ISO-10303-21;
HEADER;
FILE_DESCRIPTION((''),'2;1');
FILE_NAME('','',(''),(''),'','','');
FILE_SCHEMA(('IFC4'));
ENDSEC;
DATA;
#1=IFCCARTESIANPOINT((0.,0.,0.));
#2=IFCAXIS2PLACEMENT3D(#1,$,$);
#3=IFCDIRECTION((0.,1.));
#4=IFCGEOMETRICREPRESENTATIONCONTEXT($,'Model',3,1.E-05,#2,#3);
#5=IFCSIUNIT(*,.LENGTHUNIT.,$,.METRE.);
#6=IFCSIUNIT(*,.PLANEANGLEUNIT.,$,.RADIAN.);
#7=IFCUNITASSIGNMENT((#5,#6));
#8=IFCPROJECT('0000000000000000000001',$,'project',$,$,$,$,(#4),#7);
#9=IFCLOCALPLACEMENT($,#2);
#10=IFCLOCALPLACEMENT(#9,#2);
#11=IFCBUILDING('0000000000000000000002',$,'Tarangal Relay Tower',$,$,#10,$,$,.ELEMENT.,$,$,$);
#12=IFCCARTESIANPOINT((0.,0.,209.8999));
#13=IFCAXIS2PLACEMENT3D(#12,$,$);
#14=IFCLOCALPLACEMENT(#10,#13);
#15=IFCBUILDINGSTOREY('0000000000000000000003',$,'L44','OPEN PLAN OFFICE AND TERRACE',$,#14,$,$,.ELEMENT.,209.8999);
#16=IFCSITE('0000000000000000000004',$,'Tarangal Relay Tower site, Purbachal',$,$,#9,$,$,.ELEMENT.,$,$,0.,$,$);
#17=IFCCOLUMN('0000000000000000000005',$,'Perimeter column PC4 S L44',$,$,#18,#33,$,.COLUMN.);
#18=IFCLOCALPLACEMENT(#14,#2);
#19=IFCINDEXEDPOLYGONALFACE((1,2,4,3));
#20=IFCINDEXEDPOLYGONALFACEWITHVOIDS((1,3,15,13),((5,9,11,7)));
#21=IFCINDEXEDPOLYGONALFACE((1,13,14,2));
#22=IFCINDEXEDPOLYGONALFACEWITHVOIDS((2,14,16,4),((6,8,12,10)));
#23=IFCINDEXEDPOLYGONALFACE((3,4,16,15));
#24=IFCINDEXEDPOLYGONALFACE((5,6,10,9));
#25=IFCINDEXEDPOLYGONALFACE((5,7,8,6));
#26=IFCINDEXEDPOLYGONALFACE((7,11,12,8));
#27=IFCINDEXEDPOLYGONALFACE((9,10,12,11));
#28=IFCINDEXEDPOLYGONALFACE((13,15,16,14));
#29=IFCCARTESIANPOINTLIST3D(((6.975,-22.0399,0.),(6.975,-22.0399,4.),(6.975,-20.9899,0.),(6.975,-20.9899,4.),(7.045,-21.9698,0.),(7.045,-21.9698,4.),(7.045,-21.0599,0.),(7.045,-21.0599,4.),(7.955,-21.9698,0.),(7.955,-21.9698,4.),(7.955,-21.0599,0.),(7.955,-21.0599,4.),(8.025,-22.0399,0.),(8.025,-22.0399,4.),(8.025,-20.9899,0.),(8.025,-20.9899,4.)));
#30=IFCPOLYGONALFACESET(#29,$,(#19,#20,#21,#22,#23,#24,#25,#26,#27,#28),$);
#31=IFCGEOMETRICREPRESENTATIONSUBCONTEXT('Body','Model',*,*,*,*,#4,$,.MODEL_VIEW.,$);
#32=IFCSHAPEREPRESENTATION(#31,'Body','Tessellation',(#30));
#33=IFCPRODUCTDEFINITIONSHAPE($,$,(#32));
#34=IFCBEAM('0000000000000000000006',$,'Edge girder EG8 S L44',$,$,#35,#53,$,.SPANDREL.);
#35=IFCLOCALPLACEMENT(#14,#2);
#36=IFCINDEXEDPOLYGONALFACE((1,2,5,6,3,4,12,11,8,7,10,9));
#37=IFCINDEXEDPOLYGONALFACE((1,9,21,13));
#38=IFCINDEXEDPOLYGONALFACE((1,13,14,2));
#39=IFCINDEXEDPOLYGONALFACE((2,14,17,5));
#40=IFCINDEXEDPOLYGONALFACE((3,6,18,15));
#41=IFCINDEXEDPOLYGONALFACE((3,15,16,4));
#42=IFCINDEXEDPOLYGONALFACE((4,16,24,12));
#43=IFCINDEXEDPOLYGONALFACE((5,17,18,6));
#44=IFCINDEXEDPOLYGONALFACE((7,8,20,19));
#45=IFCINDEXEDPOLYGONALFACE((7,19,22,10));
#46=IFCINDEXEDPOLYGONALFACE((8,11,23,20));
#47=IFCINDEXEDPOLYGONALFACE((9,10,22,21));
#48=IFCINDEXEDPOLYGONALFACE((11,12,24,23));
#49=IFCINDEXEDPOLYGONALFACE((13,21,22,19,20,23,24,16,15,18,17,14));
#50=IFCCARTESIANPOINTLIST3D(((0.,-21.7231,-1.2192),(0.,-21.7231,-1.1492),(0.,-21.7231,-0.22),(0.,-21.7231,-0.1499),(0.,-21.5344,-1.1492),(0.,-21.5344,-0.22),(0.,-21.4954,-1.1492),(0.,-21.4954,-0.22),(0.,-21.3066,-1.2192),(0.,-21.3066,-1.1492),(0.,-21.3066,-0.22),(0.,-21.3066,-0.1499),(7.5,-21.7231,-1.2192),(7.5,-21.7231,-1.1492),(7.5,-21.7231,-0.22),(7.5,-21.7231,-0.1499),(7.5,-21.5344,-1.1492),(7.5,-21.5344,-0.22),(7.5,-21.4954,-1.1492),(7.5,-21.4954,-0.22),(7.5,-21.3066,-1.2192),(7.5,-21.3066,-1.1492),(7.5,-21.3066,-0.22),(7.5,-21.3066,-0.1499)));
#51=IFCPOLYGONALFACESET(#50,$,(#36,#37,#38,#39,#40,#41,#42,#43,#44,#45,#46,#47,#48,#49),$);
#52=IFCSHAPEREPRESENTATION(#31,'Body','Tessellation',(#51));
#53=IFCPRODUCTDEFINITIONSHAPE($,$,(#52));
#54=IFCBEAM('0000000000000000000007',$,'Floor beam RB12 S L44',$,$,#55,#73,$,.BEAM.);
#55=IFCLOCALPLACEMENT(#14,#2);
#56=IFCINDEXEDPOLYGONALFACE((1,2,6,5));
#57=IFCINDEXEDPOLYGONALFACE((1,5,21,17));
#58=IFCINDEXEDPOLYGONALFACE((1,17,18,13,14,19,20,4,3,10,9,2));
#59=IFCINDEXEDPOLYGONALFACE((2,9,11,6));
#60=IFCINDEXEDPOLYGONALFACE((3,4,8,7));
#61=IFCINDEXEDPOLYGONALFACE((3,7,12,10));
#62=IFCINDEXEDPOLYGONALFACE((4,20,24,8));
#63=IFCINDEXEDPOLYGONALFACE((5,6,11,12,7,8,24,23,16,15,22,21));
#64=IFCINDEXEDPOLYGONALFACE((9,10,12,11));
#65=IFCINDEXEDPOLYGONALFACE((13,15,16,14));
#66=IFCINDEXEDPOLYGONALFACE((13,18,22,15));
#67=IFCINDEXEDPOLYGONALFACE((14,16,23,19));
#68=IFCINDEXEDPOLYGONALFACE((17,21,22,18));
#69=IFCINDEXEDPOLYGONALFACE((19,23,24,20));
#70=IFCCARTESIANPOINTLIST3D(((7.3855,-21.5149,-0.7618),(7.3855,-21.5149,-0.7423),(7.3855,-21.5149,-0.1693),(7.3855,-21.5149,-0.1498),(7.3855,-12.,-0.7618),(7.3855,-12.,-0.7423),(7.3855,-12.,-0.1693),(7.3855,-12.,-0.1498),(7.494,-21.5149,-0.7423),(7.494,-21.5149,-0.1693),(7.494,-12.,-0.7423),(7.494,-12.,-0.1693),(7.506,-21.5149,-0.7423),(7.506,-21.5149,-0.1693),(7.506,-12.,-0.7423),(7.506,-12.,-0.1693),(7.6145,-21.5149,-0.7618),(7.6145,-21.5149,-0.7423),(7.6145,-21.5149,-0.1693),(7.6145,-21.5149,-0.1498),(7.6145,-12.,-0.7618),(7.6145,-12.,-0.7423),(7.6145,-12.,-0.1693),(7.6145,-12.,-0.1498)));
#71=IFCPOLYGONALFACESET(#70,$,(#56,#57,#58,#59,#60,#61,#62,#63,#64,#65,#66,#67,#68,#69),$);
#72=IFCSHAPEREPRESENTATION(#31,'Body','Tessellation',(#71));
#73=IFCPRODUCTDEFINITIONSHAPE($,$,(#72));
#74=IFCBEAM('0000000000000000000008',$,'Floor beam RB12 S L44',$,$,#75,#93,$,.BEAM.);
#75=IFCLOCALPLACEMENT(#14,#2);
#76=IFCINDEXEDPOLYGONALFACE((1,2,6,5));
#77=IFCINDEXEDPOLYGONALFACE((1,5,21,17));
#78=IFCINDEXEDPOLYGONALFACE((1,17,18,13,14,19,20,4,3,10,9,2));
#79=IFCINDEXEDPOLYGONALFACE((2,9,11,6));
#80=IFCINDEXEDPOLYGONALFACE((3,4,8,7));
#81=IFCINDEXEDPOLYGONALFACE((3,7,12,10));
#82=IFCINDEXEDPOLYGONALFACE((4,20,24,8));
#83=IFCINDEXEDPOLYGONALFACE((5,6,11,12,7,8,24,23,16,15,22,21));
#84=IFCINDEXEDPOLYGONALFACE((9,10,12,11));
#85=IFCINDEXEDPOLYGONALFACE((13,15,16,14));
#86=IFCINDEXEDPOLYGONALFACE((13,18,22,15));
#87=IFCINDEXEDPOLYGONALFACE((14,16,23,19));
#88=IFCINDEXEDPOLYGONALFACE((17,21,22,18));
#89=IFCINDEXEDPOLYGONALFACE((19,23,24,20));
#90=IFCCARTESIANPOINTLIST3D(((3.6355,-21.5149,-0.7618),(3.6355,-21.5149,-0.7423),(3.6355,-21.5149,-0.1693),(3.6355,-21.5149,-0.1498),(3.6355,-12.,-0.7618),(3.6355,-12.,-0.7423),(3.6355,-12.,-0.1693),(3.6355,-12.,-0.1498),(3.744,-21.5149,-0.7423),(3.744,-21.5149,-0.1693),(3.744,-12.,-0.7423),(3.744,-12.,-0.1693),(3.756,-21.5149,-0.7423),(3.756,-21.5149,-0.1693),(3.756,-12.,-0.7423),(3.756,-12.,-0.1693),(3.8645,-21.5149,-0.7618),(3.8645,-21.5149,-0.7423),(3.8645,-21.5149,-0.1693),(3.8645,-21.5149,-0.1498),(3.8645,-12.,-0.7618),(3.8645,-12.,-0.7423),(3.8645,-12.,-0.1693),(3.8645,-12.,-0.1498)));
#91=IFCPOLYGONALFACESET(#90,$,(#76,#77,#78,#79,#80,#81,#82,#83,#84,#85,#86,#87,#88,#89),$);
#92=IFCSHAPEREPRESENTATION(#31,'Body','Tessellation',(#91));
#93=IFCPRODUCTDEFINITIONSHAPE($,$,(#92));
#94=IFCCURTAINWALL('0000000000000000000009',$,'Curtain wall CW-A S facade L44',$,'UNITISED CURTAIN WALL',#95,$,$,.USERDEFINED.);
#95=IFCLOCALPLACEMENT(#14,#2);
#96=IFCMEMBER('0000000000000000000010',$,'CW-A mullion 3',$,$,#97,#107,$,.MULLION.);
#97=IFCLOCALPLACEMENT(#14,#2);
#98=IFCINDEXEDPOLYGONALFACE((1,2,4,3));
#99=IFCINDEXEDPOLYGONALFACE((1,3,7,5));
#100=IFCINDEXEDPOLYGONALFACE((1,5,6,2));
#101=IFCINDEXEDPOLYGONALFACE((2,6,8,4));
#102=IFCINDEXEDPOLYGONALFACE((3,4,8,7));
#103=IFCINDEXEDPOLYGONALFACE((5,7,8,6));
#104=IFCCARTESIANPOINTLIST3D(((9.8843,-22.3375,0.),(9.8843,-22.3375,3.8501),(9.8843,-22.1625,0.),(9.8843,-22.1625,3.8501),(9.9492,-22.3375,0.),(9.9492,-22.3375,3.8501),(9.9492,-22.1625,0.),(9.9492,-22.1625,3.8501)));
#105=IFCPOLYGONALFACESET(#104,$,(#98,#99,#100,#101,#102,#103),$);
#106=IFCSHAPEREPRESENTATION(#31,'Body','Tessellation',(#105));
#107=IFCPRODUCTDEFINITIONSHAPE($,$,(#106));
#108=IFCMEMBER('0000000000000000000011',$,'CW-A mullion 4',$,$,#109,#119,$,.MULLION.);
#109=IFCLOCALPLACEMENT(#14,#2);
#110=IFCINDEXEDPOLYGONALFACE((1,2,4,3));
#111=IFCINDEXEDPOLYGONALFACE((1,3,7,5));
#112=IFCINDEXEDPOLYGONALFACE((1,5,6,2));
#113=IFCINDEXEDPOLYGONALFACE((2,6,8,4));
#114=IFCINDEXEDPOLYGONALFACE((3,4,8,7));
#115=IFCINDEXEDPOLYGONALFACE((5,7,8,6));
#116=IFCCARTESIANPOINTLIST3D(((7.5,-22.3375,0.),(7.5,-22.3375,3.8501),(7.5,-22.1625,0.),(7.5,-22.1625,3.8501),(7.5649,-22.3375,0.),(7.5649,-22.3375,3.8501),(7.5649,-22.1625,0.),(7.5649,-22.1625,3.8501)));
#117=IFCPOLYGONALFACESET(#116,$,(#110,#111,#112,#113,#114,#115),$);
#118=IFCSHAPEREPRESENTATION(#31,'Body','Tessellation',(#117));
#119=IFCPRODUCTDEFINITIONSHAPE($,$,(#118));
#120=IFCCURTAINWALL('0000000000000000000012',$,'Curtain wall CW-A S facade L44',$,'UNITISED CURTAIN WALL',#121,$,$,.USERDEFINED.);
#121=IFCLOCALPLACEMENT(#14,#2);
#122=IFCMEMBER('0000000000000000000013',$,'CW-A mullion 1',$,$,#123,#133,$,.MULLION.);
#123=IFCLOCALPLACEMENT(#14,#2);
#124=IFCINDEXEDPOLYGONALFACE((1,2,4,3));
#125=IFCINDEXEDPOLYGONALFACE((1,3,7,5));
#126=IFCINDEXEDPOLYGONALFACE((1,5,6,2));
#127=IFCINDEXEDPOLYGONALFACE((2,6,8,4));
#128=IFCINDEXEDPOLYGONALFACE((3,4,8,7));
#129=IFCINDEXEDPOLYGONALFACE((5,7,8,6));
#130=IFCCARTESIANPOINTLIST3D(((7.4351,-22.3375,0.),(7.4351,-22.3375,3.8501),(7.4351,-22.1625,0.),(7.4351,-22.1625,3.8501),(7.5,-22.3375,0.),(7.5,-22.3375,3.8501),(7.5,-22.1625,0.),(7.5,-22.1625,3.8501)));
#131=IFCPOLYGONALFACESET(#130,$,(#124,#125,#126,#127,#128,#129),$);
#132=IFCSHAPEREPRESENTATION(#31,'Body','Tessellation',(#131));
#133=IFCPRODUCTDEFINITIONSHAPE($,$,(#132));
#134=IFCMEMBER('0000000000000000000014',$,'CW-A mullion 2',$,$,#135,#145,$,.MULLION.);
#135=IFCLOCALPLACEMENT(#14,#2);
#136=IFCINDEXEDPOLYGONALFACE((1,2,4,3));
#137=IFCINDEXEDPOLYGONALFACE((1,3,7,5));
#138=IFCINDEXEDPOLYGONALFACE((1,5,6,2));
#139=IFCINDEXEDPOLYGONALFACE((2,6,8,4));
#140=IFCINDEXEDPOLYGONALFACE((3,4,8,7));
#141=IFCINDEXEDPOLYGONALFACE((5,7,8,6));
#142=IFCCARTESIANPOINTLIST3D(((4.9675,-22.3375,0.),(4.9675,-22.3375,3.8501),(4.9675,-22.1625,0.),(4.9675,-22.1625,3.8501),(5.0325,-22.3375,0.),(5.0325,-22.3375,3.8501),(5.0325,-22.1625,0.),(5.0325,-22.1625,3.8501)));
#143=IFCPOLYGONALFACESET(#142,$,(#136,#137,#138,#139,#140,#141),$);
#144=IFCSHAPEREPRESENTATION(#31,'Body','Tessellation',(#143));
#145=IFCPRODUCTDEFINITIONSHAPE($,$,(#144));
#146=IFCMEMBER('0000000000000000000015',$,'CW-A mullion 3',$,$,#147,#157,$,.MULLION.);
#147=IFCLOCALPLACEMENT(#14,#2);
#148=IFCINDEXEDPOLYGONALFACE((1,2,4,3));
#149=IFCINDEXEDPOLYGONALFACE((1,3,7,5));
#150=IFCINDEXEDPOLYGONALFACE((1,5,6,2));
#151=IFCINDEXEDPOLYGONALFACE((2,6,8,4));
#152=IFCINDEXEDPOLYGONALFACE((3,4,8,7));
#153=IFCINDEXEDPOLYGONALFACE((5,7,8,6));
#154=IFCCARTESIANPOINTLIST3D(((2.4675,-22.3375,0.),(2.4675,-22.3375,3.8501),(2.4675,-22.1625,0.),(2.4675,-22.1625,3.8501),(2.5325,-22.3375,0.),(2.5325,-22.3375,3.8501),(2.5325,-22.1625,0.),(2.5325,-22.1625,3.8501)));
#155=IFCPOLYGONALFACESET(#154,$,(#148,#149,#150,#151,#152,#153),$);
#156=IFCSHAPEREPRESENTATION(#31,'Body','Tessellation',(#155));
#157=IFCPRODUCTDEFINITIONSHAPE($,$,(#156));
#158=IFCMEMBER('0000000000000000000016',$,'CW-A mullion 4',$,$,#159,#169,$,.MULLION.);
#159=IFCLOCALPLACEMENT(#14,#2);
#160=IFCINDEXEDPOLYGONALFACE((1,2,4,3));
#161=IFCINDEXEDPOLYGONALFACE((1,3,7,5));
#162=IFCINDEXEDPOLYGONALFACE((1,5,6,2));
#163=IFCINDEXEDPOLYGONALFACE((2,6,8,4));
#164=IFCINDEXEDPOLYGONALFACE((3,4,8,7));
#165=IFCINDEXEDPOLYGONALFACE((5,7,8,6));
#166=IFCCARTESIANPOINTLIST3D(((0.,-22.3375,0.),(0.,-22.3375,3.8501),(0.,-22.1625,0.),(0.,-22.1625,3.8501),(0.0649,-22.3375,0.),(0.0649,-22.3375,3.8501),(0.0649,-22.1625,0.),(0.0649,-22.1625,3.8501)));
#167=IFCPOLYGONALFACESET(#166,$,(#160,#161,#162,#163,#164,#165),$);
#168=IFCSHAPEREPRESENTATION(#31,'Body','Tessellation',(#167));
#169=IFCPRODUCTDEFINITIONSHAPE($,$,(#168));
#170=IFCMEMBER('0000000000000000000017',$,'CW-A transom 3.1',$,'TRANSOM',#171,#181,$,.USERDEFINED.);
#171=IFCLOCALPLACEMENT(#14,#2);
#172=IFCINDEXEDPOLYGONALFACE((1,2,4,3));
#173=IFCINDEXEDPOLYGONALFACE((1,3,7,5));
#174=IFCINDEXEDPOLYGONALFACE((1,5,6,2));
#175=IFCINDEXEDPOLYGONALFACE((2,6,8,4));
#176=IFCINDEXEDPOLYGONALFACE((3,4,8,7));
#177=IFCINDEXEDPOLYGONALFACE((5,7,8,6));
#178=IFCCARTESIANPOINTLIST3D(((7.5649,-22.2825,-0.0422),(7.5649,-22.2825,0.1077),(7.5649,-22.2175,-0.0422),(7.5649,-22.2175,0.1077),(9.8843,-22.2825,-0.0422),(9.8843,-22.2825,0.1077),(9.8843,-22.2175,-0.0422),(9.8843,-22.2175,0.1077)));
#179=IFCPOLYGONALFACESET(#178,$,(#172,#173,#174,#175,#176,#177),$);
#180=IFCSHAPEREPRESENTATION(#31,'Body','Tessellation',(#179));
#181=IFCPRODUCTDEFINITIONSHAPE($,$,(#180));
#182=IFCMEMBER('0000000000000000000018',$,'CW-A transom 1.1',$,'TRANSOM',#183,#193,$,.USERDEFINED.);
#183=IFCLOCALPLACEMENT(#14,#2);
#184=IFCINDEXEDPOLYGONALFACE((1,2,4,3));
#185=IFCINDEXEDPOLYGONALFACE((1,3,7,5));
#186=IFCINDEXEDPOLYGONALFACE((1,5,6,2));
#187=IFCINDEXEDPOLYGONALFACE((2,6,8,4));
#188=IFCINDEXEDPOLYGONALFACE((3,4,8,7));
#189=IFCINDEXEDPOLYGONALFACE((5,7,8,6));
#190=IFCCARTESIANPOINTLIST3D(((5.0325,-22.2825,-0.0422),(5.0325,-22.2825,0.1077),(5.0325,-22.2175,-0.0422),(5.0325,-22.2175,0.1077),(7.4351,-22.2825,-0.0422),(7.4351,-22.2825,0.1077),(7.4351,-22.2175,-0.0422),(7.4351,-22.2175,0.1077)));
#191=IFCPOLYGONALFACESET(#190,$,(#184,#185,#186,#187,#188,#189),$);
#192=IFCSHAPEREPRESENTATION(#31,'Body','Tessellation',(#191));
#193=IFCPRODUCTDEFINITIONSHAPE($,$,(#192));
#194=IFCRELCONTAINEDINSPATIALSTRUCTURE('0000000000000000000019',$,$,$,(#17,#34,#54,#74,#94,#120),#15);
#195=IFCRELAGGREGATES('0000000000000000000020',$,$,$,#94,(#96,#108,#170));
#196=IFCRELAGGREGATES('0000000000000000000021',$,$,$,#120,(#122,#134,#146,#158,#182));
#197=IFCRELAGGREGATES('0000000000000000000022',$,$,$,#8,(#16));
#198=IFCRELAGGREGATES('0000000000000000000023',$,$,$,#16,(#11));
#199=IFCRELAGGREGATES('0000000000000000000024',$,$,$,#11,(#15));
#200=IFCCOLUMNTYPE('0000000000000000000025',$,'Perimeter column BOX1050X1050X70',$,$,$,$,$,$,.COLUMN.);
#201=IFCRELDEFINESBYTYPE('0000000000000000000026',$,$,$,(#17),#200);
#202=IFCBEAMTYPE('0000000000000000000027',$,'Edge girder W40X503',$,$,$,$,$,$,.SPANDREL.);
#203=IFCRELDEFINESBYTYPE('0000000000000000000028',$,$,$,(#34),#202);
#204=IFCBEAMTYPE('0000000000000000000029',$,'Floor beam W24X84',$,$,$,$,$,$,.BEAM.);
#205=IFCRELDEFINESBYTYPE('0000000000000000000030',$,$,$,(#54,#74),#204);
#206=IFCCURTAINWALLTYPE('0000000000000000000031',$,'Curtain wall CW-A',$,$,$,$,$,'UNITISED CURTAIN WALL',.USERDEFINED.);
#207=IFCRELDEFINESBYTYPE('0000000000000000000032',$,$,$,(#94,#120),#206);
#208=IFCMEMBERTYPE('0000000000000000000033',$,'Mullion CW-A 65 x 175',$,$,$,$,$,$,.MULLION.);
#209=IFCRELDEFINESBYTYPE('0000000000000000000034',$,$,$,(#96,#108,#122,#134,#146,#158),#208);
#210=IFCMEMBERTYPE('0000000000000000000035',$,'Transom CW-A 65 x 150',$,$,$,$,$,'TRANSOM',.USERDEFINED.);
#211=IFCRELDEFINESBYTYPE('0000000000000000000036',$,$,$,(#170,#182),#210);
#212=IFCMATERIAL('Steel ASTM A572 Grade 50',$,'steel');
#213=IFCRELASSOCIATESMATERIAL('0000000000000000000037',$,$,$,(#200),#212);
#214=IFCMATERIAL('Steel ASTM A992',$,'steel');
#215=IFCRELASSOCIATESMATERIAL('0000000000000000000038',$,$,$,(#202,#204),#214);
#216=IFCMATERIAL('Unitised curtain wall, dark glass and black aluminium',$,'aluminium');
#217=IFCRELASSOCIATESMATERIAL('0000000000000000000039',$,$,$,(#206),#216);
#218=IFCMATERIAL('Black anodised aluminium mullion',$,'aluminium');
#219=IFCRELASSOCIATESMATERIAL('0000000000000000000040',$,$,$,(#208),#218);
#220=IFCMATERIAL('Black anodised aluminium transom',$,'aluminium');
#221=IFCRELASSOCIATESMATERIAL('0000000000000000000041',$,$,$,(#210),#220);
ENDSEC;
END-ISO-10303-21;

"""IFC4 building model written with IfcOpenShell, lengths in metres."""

from ifc_helpers import new_model, si_unit, direction, frame, origin, origin_2d, place, context, subcontext, project, spatial, rectangle, hollow_rectangle, i_section, extrude, material, material_profile, profile_set, type_object, element, aggregate, save


model = new_model("IFC4")

# Units and contexts
model_context = context("Model", 3, precision=1e-05, world=origin(), true_north=direction((0.0, 1.0)))
body_context = subcontext(model_context, "Body", "Model", "MODEL_VIEW")
ifc_project = project(units=[si_unit("LENGTHUNIT", "METRE"), si_unit("PLANEANGLEUNIT", "RADIAN")], contexts=[model_context])

# Site, building, storey
site_placement = place(None, origin())
site = spatial("IfcSite", under=ifc_project, at=site_placement, Name="Tarangal Relay Tower site, Purbachal", CompositionType="ELEMENT", RefElevation=0.0)
building_placement = place(site_placement, origin())
building = spatial("IfcBuilding", under=site, at=building_placement, Name="Tarangal Relay Tower", CompositionType="ELEMENT")
storey_placement = place(building_placement, frame((0.0, 0.0, 209.8999)))
storey = spatial("IfcBuildingStorey", under=building, at=storey_placement, Name="L44", Description="OPEN PLAN OFFICE AND TERRACE", CompositionType="ELEMENT", Elevation=209.8999)

# Column
ifc_material_1 = material(Name="Steel ASTM A572 Grade 50", Category="steel")
ifc_material_profile_1 = material_profile(ifc_material_1, hollow_rectangle(XDim=1.05, YDim=1.05, WallThickness=0.0701, at=origin_2d()), Name="BOX1050X1050X70")
ifc_profile_set_1 = profile_set([ifc_material_profile_1], Name="Steel ASTM A572 Grade 50")
column_type = type_object("IfcColumnType", Name="Perimeter column BOX1050X1050X70", PredefinedType="COLUMN", material=ifc_profile_set_1)
column_placement = place(storey_placement, frame((7.5, -21.5149, 0.0), z_axis=(0.0, 0.0, 1.0), x_axis=(1.0, 0.0, 0.0)))
element("IfcColumn", 1, at=column_placement, inside=storey, type_object=column_type, Name="Perimeter column PC4 S L44", PredefinedType="COLUMN", context=body_context, shape_type="SweptSolid", body=[
    extrude(hollow_rectangle(XDim=1.05, YDim=1.05, WallThickness=0.0701, at=origin_2d()), origin(), (0.0, 0.0, 1.0), 4.0),
])

# Beams
ifc_material_2 = material(Name="Steel ASTM A992", Category="steel")
ifc_material_profile_2 = material_profile(ifc_material_2, i_section(OverallWidth=0.4165, OverallDepth=1.0693, WebThickness=0.0391, FlangeThickness=0.0701, at=origin_2d()), Name="W40X503")
ifc_profile_set_2 = profile_set([ifc_material_profile_2], Name="Steel ASTM A992")
beam_type_1 = type_object("IfcBeamType", Name="Edge girder W40X503", PredefinedType="SPANDREL", material=ifc_profile_set_2)
beam_placement = place(storey_placement, frame((7.5, -21.5149, -0.6846), z_axis=(-1.0, 0.0, 0.0), x_axis=(0.0, -1.0, 0.0)))
element("IfcBeam", 2, at=beam_placement, inside=storey, type_object=beam_type_1, Name="Edge girder EG8 S L44", PredefinedType="SPANDREL", context=body_context, shape_type="SweptSolid", body=[
    extrude(i_section(OverallWidth=0.4165, OverallDepth=1.0693, WebThickness=0.0391, FlangeThickness=0.0701, at=origin_2d()), origin(), (0.0, 0.0, 1.0), 7.5),
])
ifc_material_profile_3 = material_profile(ifc_material_2, i_section(OverallWidth=0.229, OverallDepth=0.6121, WebThickness=0.012, FlangeThickness=0.0195, at=origin_2d()), Name="W24X84")
ifc_profile_set_3 = profile_set([ifc_material_profile_3], Name="Steel ASTM A992")
beam_type_2 = type_object("IfcBeamType", Name="Floor beam W24X84", PredefinedType="BEAM", material=ifc_profile_set_3)
for number, where, z_axis, x_axis, name in (
    (3, (7.5, -12.0, -0.4558), (0.0, -1.0, 0.0), (1.0, 0.0, 0.0), "Floor beam RB12 S L44"),
    (4, (3.75, -12.0, -0.4558), (0.0, -1.0, 0.0), (1.0, 0.0, 0.0), "Floor beam RB12 S L44"),
):
    element("IfcBeam", number, at=place(storey_placement, frame(where, z_axis=z_axis, x_axis=x_axis)), inside=storey, type_object=beam_type_2, Name=name, PredefinedType="BEAM", context=body_context, shape_type="SweptSolid", body=[
        extrude(i_section(OverallWidth=0.229, OverallDepth=0.6121, WebThickness=0.012, FlangeThickness=0.0195, at=origin_2d()), origin(), (0.0, 0.0, 1.0), 9.5149),
    ])

# Curtain walls, members
ifc_material_3 = material(Name="Unitised curtain wall, dark glass and black aluminium", Category="aluminium")
curtain_wall_type = type_object("IfcCurtainWallType", Name="Curtain wall CW-A", ElementType="UNITISED CURTAIN WALL", PredefinedType="USERDEFINED", material=ifc_material_3)
curtain_wall_1_placement = place(storey_placement, origin())
curtain_wall_1 = element("IfcCurtainWall", 5, at=curtain_wall_1_placement, inside=storey, type_object=curtain_wall_type, Name="Curtain wall CW-A S facade L44", ObjectType="UNITISED CURTAIN WALL", PredefinedType="USERDEFINED")
ifc_material_4 = material(Name="Black anodised aluminium mullion", Category="aluminium")
ifc_material_profile_4 = material_profile(ifc_material_4, rectangle(XDim=0.175, YDim=0.0649, at=origin_2d()), Name="CW-AM 65X175")
ifc_profile_set_4 = profile_set([ifc_material_profile_4], Name="Black anodised aluminium mullion")
member_type_1 = type_object("IfcMemberType", Name="Mullion CW-A 65 x 175", PredefinedType="MULLION", material=ifc_profile_set_4)
member_1_placement = place(storey_placement, frame((9.9167, -22.25, 0.0), z_axis=(0.0, 0.0, 1.0), x_axis=(0.0, -1.0, 0.0)))
member_1 = element("IfcMember", 6, at=member_1_placement, type_object=member_type_1, Name="CW-A mullion 3", PredefinedType="MULLION", context=body_context, shape_type="SweptSolid", body=[
    extrude(rectangle(XDim=0.175, YDim=0.0649, at=origin_2d()), origin(), (0.0, 0.0, 1.0), 3.8501),
])
member_2_placement = place(storey_placement, frame((7.5325, -22.25, 0.0), z_axis=(0.0, 0.0, 1.0), x_axis=(0.0, -1.0, 0.0)))
member_2 = element("IfcMember", 7, at=member_2_placement, type_object=member_type_1, Name="CW-A mullion 4", PredefinedType="MULLION", context=body_context, shape_type="SweptSolid", body=[
    extrude(rectangle(XDim=0.175, YDim=0.0649, at=origin_2d()), origin(), (0.0, 0.0, 1.0), 3.8501),
])
curtain_wall_2_placement = place(storey_placement, origin())
curtain_wall_2 = element("IfcCurtainWall", 8, at=curtain_wall_2_placement, inside=storey, type_object=curtain_wall_type, Name="Curtain wall CW-A S facade L44", ObjectType="UNITISED CURTAIN WALL", PredefinedType="USERDEFINED")
member_3_placement = place(storey_placement, frame((7.4675, -22.25, 0.0), z_axis=(0.0, 0.0, 1.0), x_axis=(0.0, -1.0, 0.0)))
member_3 = element("IfcMember", 9, at=member_3_placement, type_object=member_type_1, Name="CW-A mullion 1", PredefinedType="MULLION", context=body_context, shape_type="SweptSolid", body=[
    extrude(rectangle(XDim=0.175, YDim=0.0649, at=origin_2d()), origin(), (0.0, 0.0, 1.0), 3.8501),
])
member_4_placement = place(storey_placement, frame((5.0, -22.25, 0.0), z_axis=(0.0, 0.0, 1.0), x_axis=(0.0, -1.0, 0.0)))
member_4 = element("IfcMember", 10, at=member_4_placement, type_object=member_type_1, Name="CW-A mullion 2", PredefinedType="MULLION", context=body_context, shape_type="SweptSolid", body=[
    extrude(rectangle(XDim=0.175, YDim=0.0649, at=origin_2d()), origin(), (0.0, 0.0, 1.0), 3.8501),
])
member_5_placement = place(storey_placement, frame((2.5, -22.25, 0.0), z_axis=(0.0, 0.0, 1.0), x_axis=(0.0, -1.0, 0.0)))
member_5 = element("IfcMember", 11, at=member_5_placement, type_object=member_type_1, Name="CW-A mullion 3", PredefinedType="MULLION", context=body_context, shape_type="SweptSolid", body=[
    extrude(rectangle(XDim=0.175, YDim=0.0649, at=origin_2d()), origin(), (0.0, 0.0, 1.0), 3.8501),
])
member_6_placement = place(storey_placement, frame((0.0325, -22.25, 0.0), z_axis=(0.0, 0.0, 1.0), x_axis=(0.0, -1.0, 0.0)))
member_6 = element("IfcMember", 12, at=member_6_placement, type_object=member_type_1, Name="CW-A mullion 4", PredefinedType="MULLION", context=body_context, shape_type="SweptSolid", body=[
    extrude(rectangle(XDim=0.175, YDim=0.0649, at=origin_2d()), origin(), (0.0, 0.0, 1.0), 3.8501),
])

# Members
ifc_material_5 = material(Name="Black anodised aluminium transom", Category="aluminium")
ifc_material_profile_5 = material_profile(ifc_material_5, rectangle(XDim=0.0649, YDim=0.1499, at=origin_2d()), Name="CW-AT 65X150")
ifc_profile_set_5 = profile_set([ifc_material_profile_5], Name="Black anodised aluminium transom")
member_type_2 = type_object("IfcMemberType", Name="Transom CW-A 65 x 150", ElementType="TRANSOM", PredefinedType="USERDEFINED", material=ifc_profile_set_5)
member_7_placement = place(storey_placement, frame((9.8843, -22.25, 0.0327), z_axis=(-1.0, 0.0, 0.0), x_axis=(0.0, -1.0, 0.0)))
member_7 = element("IfcMember", 13, at=member_7_placement, type_object=member_type_2, Name="CW-A transom 3.1", ObjectType="TRANSOM", PredefinedType="USERDEFINED", context=body_context, shape_type="SweptSolid", body=[
    extrude(rectangle(XDim=0.0649, YDim=0.1499, at=origin_2d()), origin(), (0.0, 0.0, 1.0), 2.3193),
])
member_8_placement = place(storey_placement, frame((7.4351, -22.25, 0.0327), z_axis=(-1.0, 0.0, 0.0), x_axis=(0.0, -1.0, 0.0)))
member_8 = element("IfcMember", 14, at=member_8_placement, type_object=member_type_2, Name="CW-A transom 1.1", ObjectType="TRANSOM", PredefinedType="USERDEFINED", context=body_context, shape_type="SweptSolid", body=[
    extrude(rectangle(XDim=0.0649, YDim=0.1499, at=origin_2d()), origin(), (0.0, 0.0, 1.0), 2.4026),
])

aggregate(curtain_wall_1, [member_1, member_2, member_7])
aggregate(curtain_wall_2, [member_3, member_4, member_5, member_6, member_8])

save(model, "model.ifc")
